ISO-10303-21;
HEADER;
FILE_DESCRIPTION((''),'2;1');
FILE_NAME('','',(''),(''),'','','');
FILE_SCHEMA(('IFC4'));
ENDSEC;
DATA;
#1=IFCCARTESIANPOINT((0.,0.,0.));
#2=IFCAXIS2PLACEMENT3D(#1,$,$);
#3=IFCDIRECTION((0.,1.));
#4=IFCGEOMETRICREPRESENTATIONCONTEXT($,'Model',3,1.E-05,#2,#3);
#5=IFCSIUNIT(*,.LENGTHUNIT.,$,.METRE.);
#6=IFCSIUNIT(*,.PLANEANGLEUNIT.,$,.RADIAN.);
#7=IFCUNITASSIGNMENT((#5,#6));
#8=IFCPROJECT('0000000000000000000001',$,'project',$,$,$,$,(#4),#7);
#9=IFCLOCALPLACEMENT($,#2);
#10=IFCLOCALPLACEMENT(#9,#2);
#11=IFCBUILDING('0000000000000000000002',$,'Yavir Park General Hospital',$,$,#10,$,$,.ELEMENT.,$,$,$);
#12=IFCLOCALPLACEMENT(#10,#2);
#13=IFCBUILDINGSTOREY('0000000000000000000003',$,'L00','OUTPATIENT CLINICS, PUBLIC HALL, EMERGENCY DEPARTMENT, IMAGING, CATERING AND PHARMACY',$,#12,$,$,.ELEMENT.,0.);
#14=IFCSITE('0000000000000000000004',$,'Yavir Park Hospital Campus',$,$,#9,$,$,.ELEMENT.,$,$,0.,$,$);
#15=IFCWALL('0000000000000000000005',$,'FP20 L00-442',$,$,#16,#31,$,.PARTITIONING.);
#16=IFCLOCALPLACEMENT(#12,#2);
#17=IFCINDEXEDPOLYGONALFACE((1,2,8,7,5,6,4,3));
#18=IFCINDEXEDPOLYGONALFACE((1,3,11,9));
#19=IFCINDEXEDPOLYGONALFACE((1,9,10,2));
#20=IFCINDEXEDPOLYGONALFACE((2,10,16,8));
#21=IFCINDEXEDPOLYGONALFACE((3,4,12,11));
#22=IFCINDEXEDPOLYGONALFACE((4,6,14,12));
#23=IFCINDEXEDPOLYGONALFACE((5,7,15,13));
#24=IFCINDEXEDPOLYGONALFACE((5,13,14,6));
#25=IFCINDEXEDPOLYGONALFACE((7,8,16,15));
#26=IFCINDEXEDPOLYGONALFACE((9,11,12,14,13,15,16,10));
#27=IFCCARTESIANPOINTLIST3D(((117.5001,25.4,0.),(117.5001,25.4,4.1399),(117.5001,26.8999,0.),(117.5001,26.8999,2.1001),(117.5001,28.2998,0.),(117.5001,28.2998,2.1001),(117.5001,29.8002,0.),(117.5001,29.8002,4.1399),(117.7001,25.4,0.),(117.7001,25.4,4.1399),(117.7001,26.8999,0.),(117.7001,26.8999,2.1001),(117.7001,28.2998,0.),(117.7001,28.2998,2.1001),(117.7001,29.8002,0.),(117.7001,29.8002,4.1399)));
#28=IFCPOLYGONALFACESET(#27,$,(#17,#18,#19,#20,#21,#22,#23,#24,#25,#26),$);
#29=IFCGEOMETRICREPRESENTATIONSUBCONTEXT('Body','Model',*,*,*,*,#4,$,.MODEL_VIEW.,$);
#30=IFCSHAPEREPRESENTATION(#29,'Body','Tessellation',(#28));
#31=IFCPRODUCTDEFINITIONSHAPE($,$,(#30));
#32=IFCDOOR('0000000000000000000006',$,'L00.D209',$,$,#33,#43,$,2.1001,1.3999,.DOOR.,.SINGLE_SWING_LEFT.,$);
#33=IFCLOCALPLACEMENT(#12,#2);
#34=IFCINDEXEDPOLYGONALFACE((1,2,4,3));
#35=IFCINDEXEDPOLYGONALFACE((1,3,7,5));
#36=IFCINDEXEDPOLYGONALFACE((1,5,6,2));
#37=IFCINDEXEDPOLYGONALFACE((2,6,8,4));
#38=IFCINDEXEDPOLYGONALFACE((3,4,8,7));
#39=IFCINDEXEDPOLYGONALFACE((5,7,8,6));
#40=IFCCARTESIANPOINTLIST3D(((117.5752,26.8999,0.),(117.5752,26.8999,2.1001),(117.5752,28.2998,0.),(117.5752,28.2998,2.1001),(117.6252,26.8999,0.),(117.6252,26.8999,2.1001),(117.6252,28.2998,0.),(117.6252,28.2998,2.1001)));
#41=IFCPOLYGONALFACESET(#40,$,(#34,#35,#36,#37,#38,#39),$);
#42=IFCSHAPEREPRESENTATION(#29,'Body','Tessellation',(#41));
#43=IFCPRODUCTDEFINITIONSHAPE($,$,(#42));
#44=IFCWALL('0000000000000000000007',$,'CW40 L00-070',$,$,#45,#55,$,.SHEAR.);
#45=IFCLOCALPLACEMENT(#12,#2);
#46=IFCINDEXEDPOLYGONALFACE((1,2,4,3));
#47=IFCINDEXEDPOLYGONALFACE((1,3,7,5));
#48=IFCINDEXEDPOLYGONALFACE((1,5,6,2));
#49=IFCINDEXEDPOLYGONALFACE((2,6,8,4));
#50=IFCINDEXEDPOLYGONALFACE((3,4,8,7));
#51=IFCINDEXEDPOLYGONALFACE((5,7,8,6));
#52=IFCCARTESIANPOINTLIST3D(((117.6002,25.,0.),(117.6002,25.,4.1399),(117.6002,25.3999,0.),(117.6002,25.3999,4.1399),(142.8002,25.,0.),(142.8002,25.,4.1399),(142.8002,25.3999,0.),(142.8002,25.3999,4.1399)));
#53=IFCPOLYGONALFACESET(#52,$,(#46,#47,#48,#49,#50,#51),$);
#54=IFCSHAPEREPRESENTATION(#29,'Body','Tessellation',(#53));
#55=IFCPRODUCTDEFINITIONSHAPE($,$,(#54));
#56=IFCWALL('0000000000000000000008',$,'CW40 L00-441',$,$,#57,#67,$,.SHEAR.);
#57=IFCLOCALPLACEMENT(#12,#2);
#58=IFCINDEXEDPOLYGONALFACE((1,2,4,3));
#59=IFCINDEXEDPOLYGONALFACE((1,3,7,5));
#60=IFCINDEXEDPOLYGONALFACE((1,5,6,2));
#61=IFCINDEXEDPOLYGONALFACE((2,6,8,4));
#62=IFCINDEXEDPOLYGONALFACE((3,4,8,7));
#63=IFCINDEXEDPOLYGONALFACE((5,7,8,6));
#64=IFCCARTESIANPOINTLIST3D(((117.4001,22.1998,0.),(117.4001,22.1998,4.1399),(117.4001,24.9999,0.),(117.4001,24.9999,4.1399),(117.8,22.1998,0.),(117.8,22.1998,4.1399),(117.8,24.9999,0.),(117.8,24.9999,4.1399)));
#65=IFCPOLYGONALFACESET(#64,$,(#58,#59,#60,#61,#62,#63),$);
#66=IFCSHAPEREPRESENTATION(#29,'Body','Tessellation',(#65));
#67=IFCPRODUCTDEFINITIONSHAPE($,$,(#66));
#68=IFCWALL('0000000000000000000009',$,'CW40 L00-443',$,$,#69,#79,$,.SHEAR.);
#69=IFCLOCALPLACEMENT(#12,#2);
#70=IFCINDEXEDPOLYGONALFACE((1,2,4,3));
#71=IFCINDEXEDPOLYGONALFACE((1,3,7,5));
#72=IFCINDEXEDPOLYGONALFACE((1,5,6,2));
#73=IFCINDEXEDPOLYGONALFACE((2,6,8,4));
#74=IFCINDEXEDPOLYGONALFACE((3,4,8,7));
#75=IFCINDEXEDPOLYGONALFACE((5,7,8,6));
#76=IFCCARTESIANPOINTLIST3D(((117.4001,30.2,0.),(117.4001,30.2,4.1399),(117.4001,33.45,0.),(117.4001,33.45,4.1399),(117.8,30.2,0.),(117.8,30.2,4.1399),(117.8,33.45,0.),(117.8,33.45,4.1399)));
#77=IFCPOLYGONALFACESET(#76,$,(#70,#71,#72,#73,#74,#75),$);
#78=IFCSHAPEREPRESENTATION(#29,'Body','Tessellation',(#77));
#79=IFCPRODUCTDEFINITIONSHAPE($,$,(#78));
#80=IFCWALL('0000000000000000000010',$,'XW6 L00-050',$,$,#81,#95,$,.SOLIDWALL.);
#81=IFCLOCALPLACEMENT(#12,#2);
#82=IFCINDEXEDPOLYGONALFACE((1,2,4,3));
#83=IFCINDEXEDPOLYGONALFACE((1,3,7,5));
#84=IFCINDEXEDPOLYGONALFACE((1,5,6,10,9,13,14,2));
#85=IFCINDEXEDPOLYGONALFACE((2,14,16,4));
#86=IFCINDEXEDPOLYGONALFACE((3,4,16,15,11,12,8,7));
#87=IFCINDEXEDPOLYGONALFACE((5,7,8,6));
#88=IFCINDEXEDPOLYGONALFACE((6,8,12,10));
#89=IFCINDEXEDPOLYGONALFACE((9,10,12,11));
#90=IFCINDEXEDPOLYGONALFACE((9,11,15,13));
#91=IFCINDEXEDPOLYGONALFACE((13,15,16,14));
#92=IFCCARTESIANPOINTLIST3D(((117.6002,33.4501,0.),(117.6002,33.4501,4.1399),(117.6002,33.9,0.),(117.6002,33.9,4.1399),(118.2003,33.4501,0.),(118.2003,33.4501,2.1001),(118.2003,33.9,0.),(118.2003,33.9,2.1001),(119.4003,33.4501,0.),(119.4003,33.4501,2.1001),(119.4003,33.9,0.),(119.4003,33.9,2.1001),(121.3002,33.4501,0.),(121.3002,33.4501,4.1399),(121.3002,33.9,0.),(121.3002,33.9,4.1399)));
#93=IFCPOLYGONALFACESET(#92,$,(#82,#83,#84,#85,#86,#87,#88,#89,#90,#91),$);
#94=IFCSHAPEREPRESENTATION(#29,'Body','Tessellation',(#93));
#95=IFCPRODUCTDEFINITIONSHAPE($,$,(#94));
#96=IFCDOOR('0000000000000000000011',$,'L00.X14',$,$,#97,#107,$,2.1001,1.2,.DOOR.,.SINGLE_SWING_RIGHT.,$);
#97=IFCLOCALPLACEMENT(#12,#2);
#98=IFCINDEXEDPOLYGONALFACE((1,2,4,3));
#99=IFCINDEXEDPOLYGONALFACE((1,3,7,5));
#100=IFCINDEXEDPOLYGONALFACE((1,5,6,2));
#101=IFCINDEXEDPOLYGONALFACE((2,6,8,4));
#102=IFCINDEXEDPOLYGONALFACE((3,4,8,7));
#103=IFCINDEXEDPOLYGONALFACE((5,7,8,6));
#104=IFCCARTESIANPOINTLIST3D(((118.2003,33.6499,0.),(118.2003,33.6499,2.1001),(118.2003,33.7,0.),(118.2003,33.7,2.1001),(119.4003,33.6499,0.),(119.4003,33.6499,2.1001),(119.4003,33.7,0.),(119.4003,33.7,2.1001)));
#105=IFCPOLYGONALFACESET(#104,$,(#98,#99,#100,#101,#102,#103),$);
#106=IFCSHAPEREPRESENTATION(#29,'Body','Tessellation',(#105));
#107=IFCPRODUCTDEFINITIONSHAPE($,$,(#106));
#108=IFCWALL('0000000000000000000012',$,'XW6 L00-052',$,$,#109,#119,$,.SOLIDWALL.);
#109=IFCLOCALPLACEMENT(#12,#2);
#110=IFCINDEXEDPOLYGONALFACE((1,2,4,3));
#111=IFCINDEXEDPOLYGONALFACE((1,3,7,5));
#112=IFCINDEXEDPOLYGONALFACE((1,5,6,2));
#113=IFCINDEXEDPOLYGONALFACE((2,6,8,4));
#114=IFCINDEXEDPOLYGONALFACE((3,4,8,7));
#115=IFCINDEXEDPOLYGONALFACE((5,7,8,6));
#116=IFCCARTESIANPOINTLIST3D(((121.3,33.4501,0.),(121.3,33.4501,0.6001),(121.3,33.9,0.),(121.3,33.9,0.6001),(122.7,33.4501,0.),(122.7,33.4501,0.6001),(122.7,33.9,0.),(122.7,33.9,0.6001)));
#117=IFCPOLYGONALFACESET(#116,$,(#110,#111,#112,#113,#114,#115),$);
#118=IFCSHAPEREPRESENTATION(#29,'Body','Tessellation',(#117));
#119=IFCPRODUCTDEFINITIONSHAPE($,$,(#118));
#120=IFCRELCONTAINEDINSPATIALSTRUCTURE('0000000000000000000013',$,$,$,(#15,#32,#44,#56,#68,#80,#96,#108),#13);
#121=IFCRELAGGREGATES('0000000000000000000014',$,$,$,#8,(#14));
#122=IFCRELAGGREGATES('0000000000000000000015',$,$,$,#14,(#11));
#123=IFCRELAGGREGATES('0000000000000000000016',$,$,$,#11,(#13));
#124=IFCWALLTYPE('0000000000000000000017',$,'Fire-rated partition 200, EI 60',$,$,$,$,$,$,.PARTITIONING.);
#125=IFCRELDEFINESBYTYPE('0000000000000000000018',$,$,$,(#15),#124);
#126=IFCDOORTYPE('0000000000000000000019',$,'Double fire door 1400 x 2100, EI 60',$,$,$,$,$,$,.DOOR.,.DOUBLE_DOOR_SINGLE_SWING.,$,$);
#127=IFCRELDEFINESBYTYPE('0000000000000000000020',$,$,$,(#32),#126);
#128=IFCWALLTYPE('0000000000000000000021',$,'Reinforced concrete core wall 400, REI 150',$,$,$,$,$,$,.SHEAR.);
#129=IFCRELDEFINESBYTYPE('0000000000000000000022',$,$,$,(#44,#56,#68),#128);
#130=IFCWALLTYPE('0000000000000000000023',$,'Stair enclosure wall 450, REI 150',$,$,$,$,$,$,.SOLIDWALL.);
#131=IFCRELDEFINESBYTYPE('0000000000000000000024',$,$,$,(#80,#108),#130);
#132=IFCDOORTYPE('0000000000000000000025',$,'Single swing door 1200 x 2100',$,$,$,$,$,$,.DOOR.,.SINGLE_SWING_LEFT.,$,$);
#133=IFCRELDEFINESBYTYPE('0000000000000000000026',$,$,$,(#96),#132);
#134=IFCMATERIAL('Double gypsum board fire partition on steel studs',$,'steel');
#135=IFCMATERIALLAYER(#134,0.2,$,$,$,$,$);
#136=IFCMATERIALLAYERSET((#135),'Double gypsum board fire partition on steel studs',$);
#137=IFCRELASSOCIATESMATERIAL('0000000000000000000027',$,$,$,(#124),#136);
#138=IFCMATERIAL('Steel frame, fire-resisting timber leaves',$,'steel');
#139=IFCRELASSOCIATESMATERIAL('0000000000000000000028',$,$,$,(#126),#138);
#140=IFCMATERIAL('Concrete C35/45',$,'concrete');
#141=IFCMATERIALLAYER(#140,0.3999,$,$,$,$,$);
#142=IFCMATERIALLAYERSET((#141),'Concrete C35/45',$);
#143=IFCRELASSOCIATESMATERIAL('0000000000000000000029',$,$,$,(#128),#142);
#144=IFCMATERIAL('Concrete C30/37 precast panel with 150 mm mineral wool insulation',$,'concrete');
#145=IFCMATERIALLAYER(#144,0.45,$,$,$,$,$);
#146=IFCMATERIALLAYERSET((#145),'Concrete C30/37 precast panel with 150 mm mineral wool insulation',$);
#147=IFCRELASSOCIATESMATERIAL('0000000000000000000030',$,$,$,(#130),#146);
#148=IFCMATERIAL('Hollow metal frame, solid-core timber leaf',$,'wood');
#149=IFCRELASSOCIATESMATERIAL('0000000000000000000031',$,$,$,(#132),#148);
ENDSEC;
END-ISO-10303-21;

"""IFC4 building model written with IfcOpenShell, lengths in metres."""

from ifc_helpers import new_model, si_unit, direction, frame, frame_2d, origin, place, context, subcontext, project, spatial, rectangle, extrude, material, layer, layer_set, type_object, element, fill, save


model = new_model("IFC4")

# Units and contexts
model_context = context("Model", 3, precision=1e-05, world=origin(), true_north=direction((0.0, 1.0)))
body_context = subcontext(model_context, "Body", "Model", "MODEL_VIEW")
ifc_project = project(units=[si_unit("LENGTHUNIT", "METRE"), si_unit("PLANEANGLEUNIT", "RADIAN")], contexts=[model_context])

# Site, building, storey
site_placement = place(None, origin())
site = spatial("IfcSite", under=ifc_project, at=site_placement, Name="Yavir Park Hospital Campus", CompositionType="ELEMENT", RefElevation=0.0)
building_placement = place(site_placement, origin())
building = spatial("IfcBuilding", under=site, at=building_placement, Name="Yavir Park General Hospital", CompositionType="ELEMENT")
storey_placement = place(building_placement, origin())
storey = spatial("IfcBuildingStorey", under=building, at=storey_placement, Name="L00", Description="OUTPATIENT CLINICS, PUBLIC HALL, EMERGENCY DEPARTMENT, IMAGING, CATERING AND PHARMACY", CompositionType="ELEMENT", Elevation=0.0)

# Wall, opening, door
ifc_material_1 = material(Name="Double gypsum board fire partition on steel studs", Category="steel")
ifc_layer_1 = layer(ifc_material_1, 0.2)
ifc_layer_set_1 = layer_set([ifc_layer_1], Name="Double gypsum board fire partition on steel studs")
wall_type_1 = type_object("IfcWallType", Name="Fire-rated partition 200, EI 60", PredefinedType="PARTITIONING", material=ifc_layer_set_1)
wall_1_placement = place(storey_placement, frame((117.6001, 25.3999, 0.0), z_axis=(0.0, 0.0, 1.0), x_axis=(0.0, 1.0, 0.0)))
wall_1 = element("IfcWall", 1, at=wall_1_placement, inside=storey, type_object=wall_type_1, Name="FP20 L00-442", PredefinedType="PARTITIONING", context=body_context, shape_type="SweptSolid", body=[
    extrude(rectangle(XDim=4.4001, YDim=0.2, at=frame_2d((2.2002, 0.0))), origin(), (0.0, 0.0, 1.0), 4.1399),
])
opening_1_placement = place(wall_1_placement, frame((1.5, 0.0, 0.0)))
opening_1 = element("IfcOpeningElement", 2, at=opening_1_placement, cuts=wall_1, PredefinedType="OPENING", context=body_context, shape_type="SweptSolid", body=[
    extrude(rectangle(XDim=1.3999, YDim=2.1001, at=frame_2d((0.7, 1.05))), frame((0.0, 0.1099, 0.0), z_axis=(0.0, -1.0, 0.0), x_axis=(1.0, 0.0, 0.0)), (0.0, 0.0, 1.0), 0.22),
])
ifc_material_2 = material(Name="Steel frame, fire-resisting timber leaves", Category="steel")
door_type_1 = type_object("IfcDoorType", Name="Double fire door 1400 x 2100, EI 60", OperationType="DOUBLE_DOOR_SINGLE_SWING", PredefinedType="DOOR", material=ifc_material_2)
door_1_placement = place(opening_1_placement, origin())
door_1 = element("IfcDoor", 3, at=door_1_placement, inside=storey, type_object=door_type_1, Name="L00.D209", OperationType="SINGLE_SWING_LEFT", OverallHeight=2.1001, OverallWidth=1.3999, PredefinedType="DOOR", context=body_context, shape_type="SweptSolid", body=[
    extrude(rectangle(XDim=1.3999, YDim=2.1001, at=frame_2d((0.7, 1.05))), frame((0.0, 0.0249, 0.0), z_axis=(0.0, -1.0, 0.0), x_axis=(1.0, 0.0, 0.0)), (0.0, 0.0, 1.0), 0.05),
])
fill(opening_1, door_1)

# Walls
ifc_material_3 = material(Name="Concrete C35/45", Category="concrete")
ifc_layer_2 = layer(ifc_material_3, 0.3999)
ifc_layer_set_2 = layer_set([ifc_layer_2], Name="Concrete C35/45")
wall_type_2 = type_object("IfcWallType", Name="Reinforced concrete core wall 400, REI 150", PredefinedType="SHEAR", material=ifc_layer_set_2)
wall_2_placement = place(storey_placement, frame((117.6001, 25.2, 0.0), z_axis=(0.0, 0.0, 1.0), x_axis=(1.0, 0.0, 0.0)))
element("IfcWall", 4, at=wall_2_placement, inside=storey, type_object=wall_type_2, Name="CW40 L00-070", PredefinedType="SHEAR", context=body_context, shape_type="SweptSolid", body=[
    extrude(rectangle(XDim=25.2, YDim=0.3999, at=frame_2d((12.6001, 0.0))), origin(), (0.0, 0.0, 1.0), 4.1399),
])
wall_3_placement = place(storey_placement, frame((117.6001, 22.2, 0.0), z_axis=(0.0, 0.0, 1.0), x_axis=(0.0, 1.0, 0.0)))
element("IfcWall", 5, at=wall_3_placement, inside=storey, type_object=wall_type_2, Name="CW40 L00-441", PredefinedType="SHEAR", context=body_context, shape_type="SweptSolid", body=[
    extrude(rectangle(XDim=2.8, YDim=0.3999, at=frame_2d((1.3999, 0.0))), origin(), (0.0, 0.0, 1.0), 4.1399),
])
wall_4_placement = place(storey_placement, frame((117.6001, 30.2, 0.0), z_axis=(0.0, 0.0, 1.0), x_axis=(0.0, 1.0, 0.0)))
element("IfcWall", 6, at=wall_4_placement, inside=storey, type_object=wall_type_2, Name="CW40 L00-443", PredefinedType="SHEAR", context=body_context, shape_type="SweptSolid", body=[
    extrude(rectangle(XDim=3.25, YDim=0.3999, at=frame_2d((1.625, 0.0))), origin(), (0.0, 0.0, 1.0), 4.1399),
])

# Wall, opening, door
ifc_material_4 = material(Name="Concrete C30/37 precast panel with 150 mm mineral wool insulation", Category="concrete")
ifc_layer_3 = layer(ifc_material_4, 0.45)
ifc_layer_set_3 = layer_set([ifc_layer_3], Name="Concrete C30/37 precast panel with 150 mm mineral wool insulation")
wall_type_3 = type_object("IfcWallType", Name="Stair enclosure wall 450, REI 150", PredefinedType="SOLIDWALL", material=ifc_layer_set_3)
wall_5_placement = place(storey_placement, frame((117.6001, 33.675, 0.0), z_axis=(0.0, 0.0, 1.0), x_axis=(1.0, 0.0, 0.0)))
wall_5 = element("IfcWall", 7, at=wall_5_placement, inside=storey, type_object=wall_type_3, Name="XW6 L00-050", PredefinedType="SOLIDWALL", context=body_context, shape_type="SweptSolid", body=[
    extrude(rectangle(XDim=3.7, YDim=0.45, at=frame_2d((1.8501, 0.0))), origin(), (0.0, 0.0, 1.0), 4.1399),
])
opening_2_placement = place(wall_5_placement, frame((0.6001, 0.0, 0.0)))
opening_2 = element("IfcOpeningElement", 8, at=opening_2_placement, cuts=wall_5, PredefinedType="OPENING", context=body_context, shape_type="SweptSolid", body=[
    extrude(rectangle(XDim=1.2, YDim=2.1001, at=frame_2d((0.6001, 1.05))), frame((0.0, 0.2349, 0.0), z_axis=(0.0, -1.0, 0.0), x_axis=(1.0, 0.0, 0.0)), (0.0, 0.0, 1.0), 0.47),
])
ifc_material_5 = material(Name="Hollow metal frame, solid-core timber leaf", Category="wood")
door_type_2 = type_object("IfcDoorType", Name="Single swing door 1200 x 2100", OperationType="SINGLE_SWING_LEFT", PredefinedType="DOOR", material=ifc_material_5)
door_2_placement = place(opening_2_placement, origin())
door_2 = element("IfcDoor", 9, at=door_2_placement, inside=storey, type_object=door_type_2, Name="L00.X14", OperationType="SINGLE_SWING_RIGHT", OverallHeight=2.1001, OverallWidth=1.2, PredefinedType="DOOR", context=body_context, shape_type="SweptSolid", body=[
    extrude(rectangle(XDim=1.2, YDim=2.1001, at=frame_2d((0.6001, 1.05))), frame((0.0, 0.0249, 0.0), z_axis=(0.0, -1.0, 0.0), x_axis=(1.0, 0.0, 0.0)), (0.0, 0.0, 1.0), 0.05),
])
fill(opening_2, door_2)

# Wall
wall_6_placement = place(storey_placement, frame((121.3, 33.675, 0.0), z_axis=(0.0, 0.0, 1.0), x_axis=(1.0, 0.0, 0.0)))
element("IfcWall", 10, at=wall_6_placement, inside=storey, type_object=wall_type_3, Name="XW6 L00-052", PredefinedType="SOLIDWALL", context=body_context, shape_type="SweptSolid", body=[
    extrude(rectangle(XDim=1.3999, YDim=0.45, at=frame_2d((0.7, 0.0))), origin(), (0.0, 0.0, 1.0), 0.6001),
])

save(model, "model.ifc")
